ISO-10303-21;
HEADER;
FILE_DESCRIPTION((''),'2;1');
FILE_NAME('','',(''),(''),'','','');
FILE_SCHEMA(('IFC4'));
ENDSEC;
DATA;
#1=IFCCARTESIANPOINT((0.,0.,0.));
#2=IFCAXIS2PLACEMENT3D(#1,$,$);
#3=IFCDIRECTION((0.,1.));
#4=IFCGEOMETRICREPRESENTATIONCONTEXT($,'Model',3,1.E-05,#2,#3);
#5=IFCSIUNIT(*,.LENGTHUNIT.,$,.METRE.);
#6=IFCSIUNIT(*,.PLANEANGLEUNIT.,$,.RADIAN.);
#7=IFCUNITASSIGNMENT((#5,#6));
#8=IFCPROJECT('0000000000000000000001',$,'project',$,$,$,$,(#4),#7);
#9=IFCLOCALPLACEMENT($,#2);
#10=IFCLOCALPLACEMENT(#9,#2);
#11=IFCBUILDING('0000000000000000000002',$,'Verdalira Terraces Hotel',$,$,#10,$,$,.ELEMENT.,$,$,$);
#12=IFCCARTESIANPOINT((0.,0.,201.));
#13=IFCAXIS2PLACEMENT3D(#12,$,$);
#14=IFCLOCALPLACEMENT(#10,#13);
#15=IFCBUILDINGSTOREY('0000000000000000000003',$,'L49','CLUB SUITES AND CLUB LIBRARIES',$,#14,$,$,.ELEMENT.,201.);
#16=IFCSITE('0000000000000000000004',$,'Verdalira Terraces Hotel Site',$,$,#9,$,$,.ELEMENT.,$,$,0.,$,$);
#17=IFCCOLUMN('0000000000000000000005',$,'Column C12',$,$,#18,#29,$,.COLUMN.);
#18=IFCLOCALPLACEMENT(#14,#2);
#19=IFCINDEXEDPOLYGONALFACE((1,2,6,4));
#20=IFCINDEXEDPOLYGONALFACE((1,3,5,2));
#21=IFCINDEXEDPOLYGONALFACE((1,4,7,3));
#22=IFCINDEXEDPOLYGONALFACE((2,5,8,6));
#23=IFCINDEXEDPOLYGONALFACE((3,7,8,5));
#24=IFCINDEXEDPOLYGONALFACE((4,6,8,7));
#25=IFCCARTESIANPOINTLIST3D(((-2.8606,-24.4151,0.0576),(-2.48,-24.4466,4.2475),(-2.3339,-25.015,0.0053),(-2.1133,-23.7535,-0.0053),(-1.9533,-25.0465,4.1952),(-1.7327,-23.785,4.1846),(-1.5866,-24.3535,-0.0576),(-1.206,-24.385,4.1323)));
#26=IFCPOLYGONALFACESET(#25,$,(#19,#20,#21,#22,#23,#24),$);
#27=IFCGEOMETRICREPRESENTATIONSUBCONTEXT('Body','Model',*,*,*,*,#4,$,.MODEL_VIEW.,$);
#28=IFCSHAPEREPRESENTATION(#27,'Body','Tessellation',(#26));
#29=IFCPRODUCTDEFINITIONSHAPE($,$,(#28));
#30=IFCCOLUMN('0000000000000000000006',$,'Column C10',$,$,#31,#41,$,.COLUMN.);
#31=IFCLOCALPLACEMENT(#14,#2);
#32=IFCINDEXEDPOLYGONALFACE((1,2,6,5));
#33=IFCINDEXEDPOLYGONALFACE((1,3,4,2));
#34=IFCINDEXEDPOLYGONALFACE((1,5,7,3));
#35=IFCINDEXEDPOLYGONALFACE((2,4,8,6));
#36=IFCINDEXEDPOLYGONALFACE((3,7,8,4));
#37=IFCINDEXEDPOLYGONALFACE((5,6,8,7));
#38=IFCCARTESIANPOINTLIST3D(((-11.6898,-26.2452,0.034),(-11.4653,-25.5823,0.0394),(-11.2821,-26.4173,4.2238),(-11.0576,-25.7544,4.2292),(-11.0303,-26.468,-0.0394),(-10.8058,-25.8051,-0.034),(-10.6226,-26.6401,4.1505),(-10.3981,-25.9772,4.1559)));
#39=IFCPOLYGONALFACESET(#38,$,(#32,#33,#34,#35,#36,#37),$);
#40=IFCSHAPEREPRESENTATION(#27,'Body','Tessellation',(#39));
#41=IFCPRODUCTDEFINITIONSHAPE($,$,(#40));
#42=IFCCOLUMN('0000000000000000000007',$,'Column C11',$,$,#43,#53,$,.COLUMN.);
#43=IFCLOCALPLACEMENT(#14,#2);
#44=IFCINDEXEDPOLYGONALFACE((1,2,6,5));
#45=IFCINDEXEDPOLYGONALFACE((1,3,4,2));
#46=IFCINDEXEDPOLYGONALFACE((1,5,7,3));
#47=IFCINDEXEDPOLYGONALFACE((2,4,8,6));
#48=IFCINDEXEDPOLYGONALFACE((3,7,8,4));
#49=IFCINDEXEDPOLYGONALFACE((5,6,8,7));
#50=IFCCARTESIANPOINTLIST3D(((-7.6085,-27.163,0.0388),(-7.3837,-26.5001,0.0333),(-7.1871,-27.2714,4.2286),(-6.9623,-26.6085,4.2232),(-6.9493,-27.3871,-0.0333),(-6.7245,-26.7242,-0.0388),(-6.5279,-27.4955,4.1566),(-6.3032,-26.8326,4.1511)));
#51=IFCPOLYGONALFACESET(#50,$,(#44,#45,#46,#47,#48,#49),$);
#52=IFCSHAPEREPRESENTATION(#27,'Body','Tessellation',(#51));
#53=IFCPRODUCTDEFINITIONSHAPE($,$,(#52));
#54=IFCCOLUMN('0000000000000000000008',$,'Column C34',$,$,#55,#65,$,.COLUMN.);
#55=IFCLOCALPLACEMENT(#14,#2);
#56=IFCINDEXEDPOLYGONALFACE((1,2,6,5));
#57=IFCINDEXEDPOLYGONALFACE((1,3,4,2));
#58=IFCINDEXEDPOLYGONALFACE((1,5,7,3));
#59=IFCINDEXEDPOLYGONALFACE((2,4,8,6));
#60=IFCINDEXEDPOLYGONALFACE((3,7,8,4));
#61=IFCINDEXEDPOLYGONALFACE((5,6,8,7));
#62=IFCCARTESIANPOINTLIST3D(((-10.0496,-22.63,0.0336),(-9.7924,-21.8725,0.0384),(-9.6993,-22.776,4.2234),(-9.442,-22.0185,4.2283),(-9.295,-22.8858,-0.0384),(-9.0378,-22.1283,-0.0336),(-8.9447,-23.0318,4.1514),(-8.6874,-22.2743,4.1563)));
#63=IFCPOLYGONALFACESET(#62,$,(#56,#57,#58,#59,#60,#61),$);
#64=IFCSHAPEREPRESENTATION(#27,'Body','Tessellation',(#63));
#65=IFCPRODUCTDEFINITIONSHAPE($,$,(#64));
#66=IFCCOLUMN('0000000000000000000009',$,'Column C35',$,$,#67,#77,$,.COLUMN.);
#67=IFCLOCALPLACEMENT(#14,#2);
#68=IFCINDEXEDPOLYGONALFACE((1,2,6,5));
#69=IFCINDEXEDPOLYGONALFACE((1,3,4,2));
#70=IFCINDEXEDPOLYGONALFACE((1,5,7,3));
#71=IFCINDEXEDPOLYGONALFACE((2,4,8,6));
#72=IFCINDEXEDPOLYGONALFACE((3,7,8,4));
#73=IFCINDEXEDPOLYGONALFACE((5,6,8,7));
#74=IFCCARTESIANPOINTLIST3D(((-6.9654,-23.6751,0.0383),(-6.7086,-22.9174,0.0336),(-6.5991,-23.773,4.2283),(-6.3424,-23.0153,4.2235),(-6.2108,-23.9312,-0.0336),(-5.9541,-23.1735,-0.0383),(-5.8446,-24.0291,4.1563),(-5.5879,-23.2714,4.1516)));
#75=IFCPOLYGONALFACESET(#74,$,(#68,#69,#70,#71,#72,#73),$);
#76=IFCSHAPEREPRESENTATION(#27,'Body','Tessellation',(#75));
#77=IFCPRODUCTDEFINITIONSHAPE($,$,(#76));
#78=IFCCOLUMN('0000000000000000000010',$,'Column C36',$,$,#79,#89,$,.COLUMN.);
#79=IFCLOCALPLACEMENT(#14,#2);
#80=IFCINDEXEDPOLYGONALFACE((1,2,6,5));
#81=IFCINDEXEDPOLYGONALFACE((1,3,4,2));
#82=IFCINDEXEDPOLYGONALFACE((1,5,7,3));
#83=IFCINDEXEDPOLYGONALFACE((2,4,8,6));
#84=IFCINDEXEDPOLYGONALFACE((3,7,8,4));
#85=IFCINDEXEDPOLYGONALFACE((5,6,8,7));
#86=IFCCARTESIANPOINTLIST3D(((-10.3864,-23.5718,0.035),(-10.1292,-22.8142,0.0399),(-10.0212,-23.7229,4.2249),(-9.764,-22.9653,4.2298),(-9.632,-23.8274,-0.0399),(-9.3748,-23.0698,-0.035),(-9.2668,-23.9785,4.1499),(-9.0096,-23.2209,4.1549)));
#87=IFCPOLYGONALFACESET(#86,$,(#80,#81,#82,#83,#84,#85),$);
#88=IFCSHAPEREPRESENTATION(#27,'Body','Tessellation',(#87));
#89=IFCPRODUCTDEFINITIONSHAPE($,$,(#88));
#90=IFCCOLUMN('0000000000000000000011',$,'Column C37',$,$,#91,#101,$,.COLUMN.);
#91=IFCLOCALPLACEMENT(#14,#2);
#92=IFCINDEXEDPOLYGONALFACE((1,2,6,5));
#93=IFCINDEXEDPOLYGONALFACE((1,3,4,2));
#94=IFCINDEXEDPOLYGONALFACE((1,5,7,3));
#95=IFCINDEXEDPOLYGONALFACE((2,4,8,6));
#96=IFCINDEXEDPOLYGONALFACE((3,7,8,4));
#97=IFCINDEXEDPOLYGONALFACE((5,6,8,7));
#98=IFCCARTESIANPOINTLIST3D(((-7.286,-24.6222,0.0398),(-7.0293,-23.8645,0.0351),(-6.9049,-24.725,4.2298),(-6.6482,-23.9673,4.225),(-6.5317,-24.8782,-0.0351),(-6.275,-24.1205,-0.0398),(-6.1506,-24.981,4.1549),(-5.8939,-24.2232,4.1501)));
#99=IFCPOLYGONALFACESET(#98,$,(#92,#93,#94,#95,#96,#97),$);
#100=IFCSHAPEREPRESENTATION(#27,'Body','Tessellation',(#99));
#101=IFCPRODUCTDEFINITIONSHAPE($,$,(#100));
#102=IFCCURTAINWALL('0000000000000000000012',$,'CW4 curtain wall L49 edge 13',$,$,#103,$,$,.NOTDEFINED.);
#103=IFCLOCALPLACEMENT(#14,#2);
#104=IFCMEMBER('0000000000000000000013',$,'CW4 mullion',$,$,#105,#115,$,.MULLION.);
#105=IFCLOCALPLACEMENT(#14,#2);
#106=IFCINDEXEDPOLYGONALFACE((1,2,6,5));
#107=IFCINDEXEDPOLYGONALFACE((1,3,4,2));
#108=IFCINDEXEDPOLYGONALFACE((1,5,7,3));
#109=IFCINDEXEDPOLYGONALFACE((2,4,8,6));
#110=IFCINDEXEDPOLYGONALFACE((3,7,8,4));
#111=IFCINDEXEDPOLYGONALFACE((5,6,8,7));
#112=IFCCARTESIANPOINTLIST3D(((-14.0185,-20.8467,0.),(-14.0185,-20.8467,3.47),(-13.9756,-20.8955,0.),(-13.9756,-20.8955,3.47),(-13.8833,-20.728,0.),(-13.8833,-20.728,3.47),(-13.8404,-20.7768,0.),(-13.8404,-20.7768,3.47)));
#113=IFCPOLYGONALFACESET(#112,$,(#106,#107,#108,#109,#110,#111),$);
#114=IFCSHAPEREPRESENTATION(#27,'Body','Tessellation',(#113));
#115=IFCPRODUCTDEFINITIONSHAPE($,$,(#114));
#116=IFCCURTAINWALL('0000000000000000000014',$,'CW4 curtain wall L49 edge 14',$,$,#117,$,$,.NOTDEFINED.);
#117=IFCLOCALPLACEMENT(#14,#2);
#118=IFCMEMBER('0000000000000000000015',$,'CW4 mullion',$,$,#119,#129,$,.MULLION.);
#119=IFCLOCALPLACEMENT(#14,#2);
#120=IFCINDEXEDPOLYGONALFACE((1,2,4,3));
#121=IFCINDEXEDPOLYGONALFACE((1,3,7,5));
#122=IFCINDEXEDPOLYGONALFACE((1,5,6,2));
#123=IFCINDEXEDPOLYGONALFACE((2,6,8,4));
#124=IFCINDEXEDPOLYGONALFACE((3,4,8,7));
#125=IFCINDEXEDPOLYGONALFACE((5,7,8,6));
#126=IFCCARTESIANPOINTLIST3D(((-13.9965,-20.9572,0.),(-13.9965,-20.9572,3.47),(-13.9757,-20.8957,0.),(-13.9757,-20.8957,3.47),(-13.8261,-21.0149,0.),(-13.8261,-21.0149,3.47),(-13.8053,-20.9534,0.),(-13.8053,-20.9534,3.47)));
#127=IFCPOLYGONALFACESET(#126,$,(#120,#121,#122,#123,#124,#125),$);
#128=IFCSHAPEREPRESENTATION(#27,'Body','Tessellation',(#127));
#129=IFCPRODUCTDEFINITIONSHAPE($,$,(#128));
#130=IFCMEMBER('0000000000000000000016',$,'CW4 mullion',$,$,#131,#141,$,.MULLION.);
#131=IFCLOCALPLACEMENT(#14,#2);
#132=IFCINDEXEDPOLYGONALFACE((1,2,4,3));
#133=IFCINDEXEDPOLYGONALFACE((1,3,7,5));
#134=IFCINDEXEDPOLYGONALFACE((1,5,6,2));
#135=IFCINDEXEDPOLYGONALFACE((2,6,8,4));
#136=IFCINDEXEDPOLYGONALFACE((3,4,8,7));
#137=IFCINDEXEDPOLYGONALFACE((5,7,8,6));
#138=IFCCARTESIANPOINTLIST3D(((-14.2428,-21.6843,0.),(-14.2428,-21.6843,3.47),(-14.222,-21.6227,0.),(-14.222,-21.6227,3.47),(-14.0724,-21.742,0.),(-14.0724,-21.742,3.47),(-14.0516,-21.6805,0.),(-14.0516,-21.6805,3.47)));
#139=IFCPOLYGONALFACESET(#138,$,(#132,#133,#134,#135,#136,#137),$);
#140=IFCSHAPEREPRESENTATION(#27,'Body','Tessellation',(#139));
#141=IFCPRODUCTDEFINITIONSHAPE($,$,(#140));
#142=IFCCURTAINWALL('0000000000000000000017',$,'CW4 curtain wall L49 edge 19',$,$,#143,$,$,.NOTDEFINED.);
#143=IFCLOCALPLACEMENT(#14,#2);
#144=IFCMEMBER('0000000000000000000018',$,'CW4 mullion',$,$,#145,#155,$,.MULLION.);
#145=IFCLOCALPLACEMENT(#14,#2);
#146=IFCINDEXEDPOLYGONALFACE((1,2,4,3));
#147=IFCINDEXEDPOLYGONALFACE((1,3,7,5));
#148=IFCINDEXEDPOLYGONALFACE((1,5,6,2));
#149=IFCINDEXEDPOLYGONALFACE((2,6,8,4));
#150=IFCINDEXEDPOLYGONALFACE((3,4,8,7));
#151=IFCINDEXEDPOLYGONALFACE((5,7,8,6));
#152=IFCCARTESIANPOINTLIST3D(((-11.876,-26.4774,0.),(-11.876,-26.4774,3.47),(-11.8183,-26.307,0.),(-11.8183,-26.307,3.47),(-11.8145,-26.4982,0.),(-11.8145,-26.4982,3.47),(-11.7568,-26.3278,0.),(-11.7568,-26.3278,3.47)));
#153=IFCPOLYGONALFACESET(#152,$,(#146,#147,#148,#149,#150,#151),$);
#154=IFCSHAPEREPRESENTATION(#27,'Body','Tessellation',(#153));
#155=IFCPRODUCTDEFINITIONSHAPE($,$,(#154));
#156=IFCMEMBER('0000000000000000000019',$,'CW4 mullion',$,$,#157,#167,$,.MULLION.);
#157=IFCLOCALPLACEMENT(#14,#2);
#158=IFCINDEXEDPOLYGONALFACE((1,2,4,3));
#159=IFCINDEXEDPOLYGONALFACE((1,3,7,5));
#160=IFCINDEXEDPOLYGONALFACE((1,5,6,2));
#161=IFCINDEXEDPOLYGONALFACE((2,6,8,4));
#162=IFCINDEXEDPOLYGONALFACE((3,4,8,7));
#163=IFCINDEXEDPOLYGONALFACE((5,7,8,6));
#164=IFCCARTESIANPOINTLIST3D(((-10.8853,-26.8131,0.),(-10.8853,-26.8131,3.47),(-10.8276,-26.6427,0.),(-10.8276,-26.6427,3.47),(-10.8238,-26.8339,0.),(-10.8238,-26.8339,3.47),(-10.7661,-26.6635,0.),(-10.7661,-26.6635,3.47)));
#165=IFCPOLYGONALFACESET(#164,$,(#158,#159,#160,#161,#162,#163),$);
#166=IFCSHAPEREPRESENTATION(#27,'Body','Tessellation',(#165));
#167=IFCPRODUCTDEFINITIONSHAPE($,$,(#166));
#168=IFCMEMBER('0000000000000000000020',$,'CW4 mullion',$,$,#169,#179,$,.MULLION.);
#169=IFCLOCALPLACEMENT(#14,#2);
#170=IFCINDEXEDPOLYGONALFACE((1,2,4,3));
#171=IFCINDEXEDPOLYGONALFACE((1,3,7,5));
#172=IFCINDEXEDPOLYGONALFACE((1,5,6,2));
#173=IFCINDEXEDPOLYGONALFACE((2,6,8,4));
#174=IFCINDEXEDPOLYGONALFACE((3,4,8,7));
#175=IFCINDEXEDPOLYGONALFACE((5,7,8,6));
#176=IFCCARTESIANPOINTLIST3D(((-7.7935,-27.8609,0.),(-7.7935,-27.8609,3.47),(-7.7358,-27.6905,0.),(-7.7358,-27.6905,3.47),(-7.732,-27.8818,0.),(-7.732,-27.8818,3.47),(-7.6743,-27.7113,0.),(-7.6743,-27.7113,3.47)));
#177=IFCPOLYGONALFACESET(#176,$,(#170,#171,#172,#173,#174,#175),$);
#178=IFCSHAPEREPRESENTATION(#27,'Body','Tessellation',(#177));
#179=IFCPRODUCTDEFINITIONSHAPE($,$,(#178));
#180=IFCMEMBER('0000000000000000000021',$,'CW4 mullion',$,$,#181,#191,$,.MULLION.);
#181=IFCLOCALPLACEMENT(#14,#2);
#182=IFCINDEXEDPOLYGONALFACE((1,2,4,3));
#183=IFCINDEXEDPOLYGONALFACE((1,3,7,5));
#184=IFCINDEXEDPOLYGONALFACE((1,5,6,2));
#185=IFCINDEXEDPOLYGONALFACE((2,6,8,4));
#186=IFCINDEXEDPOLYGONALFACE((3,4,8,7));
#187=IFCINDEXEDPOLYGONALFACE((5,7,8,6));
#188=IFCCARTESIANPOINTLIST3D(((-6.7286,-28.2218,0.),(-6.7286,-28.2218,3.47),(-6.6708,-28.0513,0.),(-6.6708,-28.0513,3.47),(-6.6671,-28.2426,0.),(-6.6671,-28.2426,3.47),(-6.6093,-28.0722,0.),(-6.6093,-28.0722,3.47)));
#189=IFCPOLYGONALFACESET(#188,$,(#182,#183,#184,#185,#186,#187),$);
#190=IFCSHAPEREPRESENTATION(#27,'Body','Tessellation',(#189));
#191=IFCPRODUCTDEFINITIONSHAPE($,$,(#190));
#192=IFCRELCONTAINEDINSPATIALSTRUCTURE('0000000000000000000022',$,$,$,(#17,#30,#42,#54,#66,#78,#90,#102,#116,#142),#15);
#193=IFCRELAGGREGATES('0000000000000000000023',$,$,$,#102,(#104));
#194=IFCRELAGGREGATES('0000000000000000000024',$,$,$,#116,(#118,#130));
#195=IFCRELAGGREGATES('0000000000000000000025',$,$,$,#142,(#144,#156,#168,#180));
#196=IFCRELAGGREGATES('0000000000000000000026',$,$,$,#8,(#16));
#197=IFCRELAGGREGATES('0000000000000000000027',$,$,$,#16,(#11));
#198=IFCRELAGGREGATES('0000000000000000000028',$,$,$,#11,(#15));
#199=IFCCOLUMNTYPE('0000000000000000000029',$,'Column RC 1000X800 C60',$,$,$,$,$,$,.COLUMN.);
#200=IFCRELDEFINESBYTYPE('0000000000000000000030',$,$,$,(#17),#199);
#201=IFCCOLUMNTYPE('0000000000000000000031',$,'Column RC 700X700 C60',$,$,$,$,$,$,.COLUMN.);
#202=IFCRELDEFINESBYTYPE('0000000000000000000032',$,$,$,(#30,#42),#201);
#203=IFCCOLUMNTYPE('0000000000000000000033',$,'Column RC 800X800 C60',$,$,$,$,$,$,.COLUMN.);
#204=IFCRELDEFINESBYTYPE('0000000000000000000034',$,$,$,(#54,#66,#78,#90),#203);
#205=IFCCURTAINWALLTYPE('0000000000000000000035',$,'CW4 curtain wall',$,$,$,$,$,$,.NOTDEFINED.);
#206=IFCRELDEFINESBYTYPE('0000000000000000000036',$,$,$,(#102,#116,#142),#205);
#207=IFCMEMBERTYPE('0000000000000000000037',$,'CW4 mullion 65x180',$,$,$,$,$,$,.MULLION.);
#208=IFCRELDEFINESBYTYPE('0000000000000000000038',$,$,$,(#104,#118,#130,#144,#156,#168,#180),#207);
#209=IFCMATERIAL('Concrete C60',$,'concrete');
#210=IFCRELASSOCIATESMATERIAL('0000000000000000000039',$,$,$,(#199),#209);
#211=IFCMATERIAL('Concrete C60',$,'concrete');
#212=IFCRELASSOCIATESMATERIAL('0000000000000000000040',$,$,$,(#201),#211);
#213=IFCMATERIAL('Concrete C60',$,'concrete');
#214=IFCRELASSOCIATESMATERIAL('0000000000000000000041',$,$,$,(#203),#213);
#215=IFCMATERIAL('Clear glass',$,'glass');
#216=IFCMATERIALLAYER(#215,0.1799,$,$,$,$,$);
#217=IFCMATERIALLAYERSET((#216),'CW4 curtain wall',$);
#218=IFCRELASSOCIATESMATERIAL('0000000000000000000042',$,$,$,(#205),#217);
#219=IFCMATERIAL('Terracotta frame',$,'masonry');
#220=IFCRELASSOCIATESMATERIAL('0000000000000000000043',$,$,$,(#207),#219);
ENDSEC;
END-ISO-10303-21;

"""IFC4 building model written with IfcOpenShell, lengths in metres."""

from ifc_helpers import new_model, si_unit, direction, frame, origin, origin_2d, place, context, subcontext, project, spatial, rectangle, extrude, material, layer, layer_set, material_profile, profile_set, type_object, element, aggregate, save


model = new_model("IFC4")

# Units and contexts
model_context = context("Model", 3, precision=1e-05, world=origin(), true_north=direction((0.0, 1.0)))
body_context = subcontext(model_context, "Body", "Model", "MODEL_VIEW")
ifc_project = project(units=[si_unit("LENGTHUNIT", "METRE"), si_unit("PLANEANGLEUNIT", "RADIAN")], contexts=[model_context])

# Site, building, storey
site_placement = place(None, origin())
site = spatial("IfcSite", under=ifc_project, at=site_placement, Name="Verdalira Terraces Hotel Site", CompositionType="ELEMENT", RefElevation=0.0)
building_placement = place(site_placement, origin())
building = spatial("IfcBuilding", under=site, at=building_placement, Name="Verdalira Terraces Hotel", CompositionType="ELEMENT")
storey_placement = place(building_placement, frame((0.0, 0.0, 201.0)))
storey = spatial("IfcBuildingStorey", under=building, at=storey_placement, Name="L49", Description="CLUB SUITES AND CLUB LIBRARIES", CompositionType="ELEMENT", Elevation=201.0)

# Columns
ifc_material_1 = material(Name="Concrete C60", Category="concrete")
ifc_material_profile_1 = material_profile(ifc_material_1, rectangle(XDim=1.0, YDim=0.8, at=origin_2d()), Name="RC 1000X800")
ifc_profile_set_1 = profile_set([ifc_material_profile_1], Name="Concrete C60")
column_type_1 = type_object("IfcColumnType", Name="Column RC 1000X800 C60", PredefinedType="COLUMN", material=ifc_profile_set_1)
column_1_placement = place(storey_placement, frame((-2.2236, -24.3843, 0.0), z_axis=(0.090465, -0.007486, 0.995871), x_axis=(-0.747274, -0.661531, 0.06291)))
element("IfcColumn", 1, at=column_1_placement, inside=storey, type_object=column_type_1, Name="Column C12", PredefinedType="COLUMN", context=body_context, shape_type="SweptSolid", body=[
    extrude(rectangle(XDim=1.0, YDim=0.8, at=origin_2d()), origin(), (0.0, 0.0, 1.0), 4.2073),
])
ifc_material_2 = material(Name="Concrete C60", Category="concrete")
ifc_material_profile_2 = material_profile(ifc_material_2, rectangle(XDim=0.7, YDim=0.7, at=origin_2d()), Name="RC 700X700")
ifc_profile_set_2 = profile_set([ifc_material_profile_2], Name="Concrete C60")
column_type_2 = type_object("IfcColumnType", Name="Column RC 700X700 C60", PredefinedType="COLUMN", material=ifc_profile_set_2)
column_2_placement = place(storey_placement, frame((-11.2478, -26.0251, 0.0), z_axis=(0.09677, -0.040852, 0.994468), x_axis=(0.942178, -0.318319, -0.104758)))
element("IfcColumn", 2, at=column_2_placement, inside=storey, type_object=column_type_2, Name="Column C10", PredefinedType="COLUMN", context=body_context, shape_type="SweptSolid", body=[
    extrude(rectangle(XDim=0.7, YDim=0.7, at=origin_2d()), origin(), (0.0, 0.0, 1.0), 4.2131),
])
column_3_placement = place(storey_placement, frame((-7.1665, -26.9436, 0.0), z_axis=(0.100033, -0.025733, 0.994651), x_axis=(0.94174, -0.320184, -0.102995)))
element("IfcColumn", 3, at=column_3_placement, inside=storey, type_object=column_type_2, Name="Column C11", PredefinedType="COLUMN", context=body_context, shape_type="SweptSolid", body=[
    extrude(rectangle(XDim=0.7, YDim=0.7, at=origin_2d()), origin(), (0.0, 0.0, 1.0), 4.2124),
])
ifc_material_3 = material(Name="Concrete C60", Category="concrete")
ifc_material_profile_3 = material_profile(ifc_material_3, rectangle(XDim=0.8, YDim=0.8, at=origin_2d()), Name="RC 800X800")
ifc_profile_set_3 = profile_set([ifc_material_profile_3], Name="Concrete C60")
column_type_3 = type_object("IfcColumnType", Name="Column RC 800X800 C60", PredefinedType="COLUMN", material=ifc_profile_set_3)
for number, where, z_axis, x_axis, name in (
    (4, (-9.5437, -22.3791, 0.0), (0.083274, -0.034702, 0.995922), (-0.321569, -0.946867, -0.006105), "Column C34"),
    (5, (-6.4597, -23.4243, 0.0), (0.087047, -0.023271, 0.995932), (-0.32093, -0.947085, 0.005921), "Column C35"),
):
    element("IfcColumn", number, at=place(storey_placement, frame(where, z_axis=z_axis, x_axis=x_axis)), inside=storey, type_object=column_type_3, Name=name, PredefinedType="COLUMN", context=body_context, shape_type="SweptSolid", body=[
        extrude(rectangle(XDim=0.8, YDim=0.8, at=origin_2d()), origin(), (0.0, 0.0, 1.0), 4.207),
    ])
for number, where, z_axis, x_axis, name in (
    (6, (-9.8806, -23.3208, 0.0), (0.086784, -0.035909, 0.99558), (-0.321434, -0.946912, -0.006134), "Column C36"),
    (7, (-6.7805, -24.3713, 0.0), (0.090556, -0.024423, 0.995592), (-0.320839, -0.947115, 0.005949), "Column C37"),
):
    element("IfcColumn", number, at=place(storey_placement, frame(where, z_axis=z_axis, x_axis=x_axis)), inside=storey, type_object=column_type_3, Name=name, PredefinedType="COLUMN", context=body_context, shape_type="SweptSolid", body=[
        extrude(rectangle(XDim=0.8, YDim=0.8, at=origin_2d()), origin(), (0.0, 0.0, 1.0), 4.2085),
    ])

# Curtain wall, member
ifc_material_4 = material(Name="Clear glass", Category="glass")
ifc_layer_1 = layer(ifc_material_4, 0.1799)
ifc_layer_set_1 = layer_set([ifc_layer_1], Name="CW4 curtain wall")
curtain_wall_type = type_object("IfcCurtainWallType", Name="CW4 curtain wall", PredefinedType="NOTDEFINED", material=ifc_layer_set_1)
curtain_wall_1_placement = place(storey_placement, origin())
curtain_wall_1 = element("IfcCurtainWall", 8, at=curtain_wall_1_placement, inside=storey, type_object=curtain_wall_type, Name="CW4 curtain wall L49 edge 13", PredefinedType="NOTDEFINED")
ifc_material_5 = material(Name="Terracotta frame", Category="masonry")
ifc_material_profile_4 = material_profile(ifc_material_5, rectangle(XDim=0.0649, YDim=0.1799, at=origin_2d()), Name="MU 65x180")
ifc_profile_set_4 = profile_set([ifc_material_profile_4], Name="Terracotta frame")
member_type_1 = type_object("IfcMemberType", Name="CW4 mullion 65x180", PredefinedType="MULLION", material=ifc_profile_set_4)
member_1_placement = place(storey_placement, frame((-13.9294, -20.8118, 0.0), z_axis=(0.0, 0.0, 1.0), x_axis=(0.659739, -0.751494, 0.0)))
member_1 = element("IfcMember", 9, at=member_1_placement, type_object=member_type_1, Name="CW4 mullion", PredefinedType="MULLION", context=body_context, shape_type="SweptSolid", body=[
    extrude(rectangle(XDim=0.0649, YDim=0.1799, at=origin_2d()), origin(), (0.0, 0.0, 1.0), 3.47),
])
aggregate(curtain_wall_1, [member_1])

# Curtain walls, members
curtain_wall_2_placement = place(storey_placement, origin())
curtain_wall_2 = element("IfcCurtainWall", 10, at=curtain_wall_2_placement, inside=storey, type_object=curtain_wall_type, Name="CW4 curtain wall L49 edge 14", PredefinedType="NOTDEFINED")
member_2_placement = place(storey_placement, frame((-13.9009, -20.9553, 0.0), z_axis=(0.0, 0.0, 1.0), x_axis=(-0.320944, -0.947098, 0.0)))
member_2 = element("IfcMember", 11, at=member_2_placement, type_object=member_type_1, Name="CW4 mullion", PredefinedType="MULLION", context=body_context, shape_type="SweptSolid", body=[
    extrude(rectangle(XDim=0.0649, YDim=0.1799, at=origin_2d()), origin(), (0.0, 0.0, 1.0), 3.47),
])
member_3_placement = place(storey_placement, frame((-14.1472, -21.6824, 0.0), z_axis=(0.0, 0.0, 1.0), x_axis=(-0.320944, -0.947098, 0.0)))
member_3 = element("IfcMember", 12, at=member_3_placement, type_object=member_type_1, Name="CW4 mullion", PredefinedType="MULLION", context=body_context, shape_type="SweptSolid", body=[
    extrude(rectangle(XDim=0.0649, YDim=0.1799, at=origin_2d()), origin(), (0.0, 0.0, 1.0), 3.47),
])
curtain_wall_3_placement = place(storey_placement, origin())
curtain_wall_3 = element("IfcCurtainWall", 13, at=curtain_wall_3_placement, inside=storey, type_object=curtain_wall_type, Name="CW4 curtain wall L49 edge 19", PredefinedType="NOTDEFINED")
member_4_placement = place(storey_placement, frame((-11.8164, -26.4026, 0.0), z_axis=(0.0, 0.0, 1.0), x_axis=(0.947098, -0.320944, 0.0)))
member_4 = element("IfcMember", 14, at=member_4_placement, type_object=member_type_1, Name="CW4 mullion", PredefinedType="MULLION", context=body_context, shape_type="SweptSolid", body=[
    extrude(rectangle(XDim=0.0649, YDim=0.1799, at=origin_2d()), origin(), (0.0, 0.0, 1.0), 3.47),
])
member_5_placement = place(storey_placement, frame((-10.8257, -26.7383, 0.0), z_axis=(0.0, 0.0, 1.0), x_axis=(0.947098, -0.320944, 0.0)))
member_5 = element("IfcMember", 15, at=member_5_placement, type_object=member_type_1, Name="CW4 mullion", PredefinedType="MULLION", context=body_context, shape_type="SweptSolid", body=[
    extrude(rectangle(XDim=0.0649, YDim=0.1799, at=origin_2d()), origin(), (0.0, 0.0, 1.0), 3.47),
])
member_6_placement = place(storey_placement, frame((-7.7339, -27.7861, 0.0), z_axis=(0.0, 0.0, 1.0), x_axis=(0.947098, -0.320944, 0.0)))
member_6 = element("IfcMember", 16, at=member_6_placement, type_object=member_type_1, Name="CW4 mullion", PredefinedType="MULLION", context=body_context, shape_type="SweptSolid", body=[
    extrude(rectangle(XDim=0.0649, YDim=0.1799, at=origin_2d()), origin(), (0.0, 0.0, 1.0), 3.47),
])
member_7_placement = place(storey_placement, frame((-6.6689, -28.147, 0.0), z_axis=(0.0, 0.0, 1.0), x_axis=(0.947098, -0.320944, 0.0)))
member_7 = element("IfcMember", 17, at=member_7_placement, type_object=member_type_1, Name="CW4 mullion", PredefinedType="MULLION", context=body_context, shape_type="SweptSolid", body=[
    extrude(rectangle(XDim=0.0649, YDim=0.1799, at=origin_2d()), origin(), (0.0, 0.0, 1.0), 3.47),
])

aggregate(curtain_wall_2, [member_2, member_3])
aggregate(curtain_wall_3, [member_4, member_5, member_6, member_7])

save(model, "model.ifc")
